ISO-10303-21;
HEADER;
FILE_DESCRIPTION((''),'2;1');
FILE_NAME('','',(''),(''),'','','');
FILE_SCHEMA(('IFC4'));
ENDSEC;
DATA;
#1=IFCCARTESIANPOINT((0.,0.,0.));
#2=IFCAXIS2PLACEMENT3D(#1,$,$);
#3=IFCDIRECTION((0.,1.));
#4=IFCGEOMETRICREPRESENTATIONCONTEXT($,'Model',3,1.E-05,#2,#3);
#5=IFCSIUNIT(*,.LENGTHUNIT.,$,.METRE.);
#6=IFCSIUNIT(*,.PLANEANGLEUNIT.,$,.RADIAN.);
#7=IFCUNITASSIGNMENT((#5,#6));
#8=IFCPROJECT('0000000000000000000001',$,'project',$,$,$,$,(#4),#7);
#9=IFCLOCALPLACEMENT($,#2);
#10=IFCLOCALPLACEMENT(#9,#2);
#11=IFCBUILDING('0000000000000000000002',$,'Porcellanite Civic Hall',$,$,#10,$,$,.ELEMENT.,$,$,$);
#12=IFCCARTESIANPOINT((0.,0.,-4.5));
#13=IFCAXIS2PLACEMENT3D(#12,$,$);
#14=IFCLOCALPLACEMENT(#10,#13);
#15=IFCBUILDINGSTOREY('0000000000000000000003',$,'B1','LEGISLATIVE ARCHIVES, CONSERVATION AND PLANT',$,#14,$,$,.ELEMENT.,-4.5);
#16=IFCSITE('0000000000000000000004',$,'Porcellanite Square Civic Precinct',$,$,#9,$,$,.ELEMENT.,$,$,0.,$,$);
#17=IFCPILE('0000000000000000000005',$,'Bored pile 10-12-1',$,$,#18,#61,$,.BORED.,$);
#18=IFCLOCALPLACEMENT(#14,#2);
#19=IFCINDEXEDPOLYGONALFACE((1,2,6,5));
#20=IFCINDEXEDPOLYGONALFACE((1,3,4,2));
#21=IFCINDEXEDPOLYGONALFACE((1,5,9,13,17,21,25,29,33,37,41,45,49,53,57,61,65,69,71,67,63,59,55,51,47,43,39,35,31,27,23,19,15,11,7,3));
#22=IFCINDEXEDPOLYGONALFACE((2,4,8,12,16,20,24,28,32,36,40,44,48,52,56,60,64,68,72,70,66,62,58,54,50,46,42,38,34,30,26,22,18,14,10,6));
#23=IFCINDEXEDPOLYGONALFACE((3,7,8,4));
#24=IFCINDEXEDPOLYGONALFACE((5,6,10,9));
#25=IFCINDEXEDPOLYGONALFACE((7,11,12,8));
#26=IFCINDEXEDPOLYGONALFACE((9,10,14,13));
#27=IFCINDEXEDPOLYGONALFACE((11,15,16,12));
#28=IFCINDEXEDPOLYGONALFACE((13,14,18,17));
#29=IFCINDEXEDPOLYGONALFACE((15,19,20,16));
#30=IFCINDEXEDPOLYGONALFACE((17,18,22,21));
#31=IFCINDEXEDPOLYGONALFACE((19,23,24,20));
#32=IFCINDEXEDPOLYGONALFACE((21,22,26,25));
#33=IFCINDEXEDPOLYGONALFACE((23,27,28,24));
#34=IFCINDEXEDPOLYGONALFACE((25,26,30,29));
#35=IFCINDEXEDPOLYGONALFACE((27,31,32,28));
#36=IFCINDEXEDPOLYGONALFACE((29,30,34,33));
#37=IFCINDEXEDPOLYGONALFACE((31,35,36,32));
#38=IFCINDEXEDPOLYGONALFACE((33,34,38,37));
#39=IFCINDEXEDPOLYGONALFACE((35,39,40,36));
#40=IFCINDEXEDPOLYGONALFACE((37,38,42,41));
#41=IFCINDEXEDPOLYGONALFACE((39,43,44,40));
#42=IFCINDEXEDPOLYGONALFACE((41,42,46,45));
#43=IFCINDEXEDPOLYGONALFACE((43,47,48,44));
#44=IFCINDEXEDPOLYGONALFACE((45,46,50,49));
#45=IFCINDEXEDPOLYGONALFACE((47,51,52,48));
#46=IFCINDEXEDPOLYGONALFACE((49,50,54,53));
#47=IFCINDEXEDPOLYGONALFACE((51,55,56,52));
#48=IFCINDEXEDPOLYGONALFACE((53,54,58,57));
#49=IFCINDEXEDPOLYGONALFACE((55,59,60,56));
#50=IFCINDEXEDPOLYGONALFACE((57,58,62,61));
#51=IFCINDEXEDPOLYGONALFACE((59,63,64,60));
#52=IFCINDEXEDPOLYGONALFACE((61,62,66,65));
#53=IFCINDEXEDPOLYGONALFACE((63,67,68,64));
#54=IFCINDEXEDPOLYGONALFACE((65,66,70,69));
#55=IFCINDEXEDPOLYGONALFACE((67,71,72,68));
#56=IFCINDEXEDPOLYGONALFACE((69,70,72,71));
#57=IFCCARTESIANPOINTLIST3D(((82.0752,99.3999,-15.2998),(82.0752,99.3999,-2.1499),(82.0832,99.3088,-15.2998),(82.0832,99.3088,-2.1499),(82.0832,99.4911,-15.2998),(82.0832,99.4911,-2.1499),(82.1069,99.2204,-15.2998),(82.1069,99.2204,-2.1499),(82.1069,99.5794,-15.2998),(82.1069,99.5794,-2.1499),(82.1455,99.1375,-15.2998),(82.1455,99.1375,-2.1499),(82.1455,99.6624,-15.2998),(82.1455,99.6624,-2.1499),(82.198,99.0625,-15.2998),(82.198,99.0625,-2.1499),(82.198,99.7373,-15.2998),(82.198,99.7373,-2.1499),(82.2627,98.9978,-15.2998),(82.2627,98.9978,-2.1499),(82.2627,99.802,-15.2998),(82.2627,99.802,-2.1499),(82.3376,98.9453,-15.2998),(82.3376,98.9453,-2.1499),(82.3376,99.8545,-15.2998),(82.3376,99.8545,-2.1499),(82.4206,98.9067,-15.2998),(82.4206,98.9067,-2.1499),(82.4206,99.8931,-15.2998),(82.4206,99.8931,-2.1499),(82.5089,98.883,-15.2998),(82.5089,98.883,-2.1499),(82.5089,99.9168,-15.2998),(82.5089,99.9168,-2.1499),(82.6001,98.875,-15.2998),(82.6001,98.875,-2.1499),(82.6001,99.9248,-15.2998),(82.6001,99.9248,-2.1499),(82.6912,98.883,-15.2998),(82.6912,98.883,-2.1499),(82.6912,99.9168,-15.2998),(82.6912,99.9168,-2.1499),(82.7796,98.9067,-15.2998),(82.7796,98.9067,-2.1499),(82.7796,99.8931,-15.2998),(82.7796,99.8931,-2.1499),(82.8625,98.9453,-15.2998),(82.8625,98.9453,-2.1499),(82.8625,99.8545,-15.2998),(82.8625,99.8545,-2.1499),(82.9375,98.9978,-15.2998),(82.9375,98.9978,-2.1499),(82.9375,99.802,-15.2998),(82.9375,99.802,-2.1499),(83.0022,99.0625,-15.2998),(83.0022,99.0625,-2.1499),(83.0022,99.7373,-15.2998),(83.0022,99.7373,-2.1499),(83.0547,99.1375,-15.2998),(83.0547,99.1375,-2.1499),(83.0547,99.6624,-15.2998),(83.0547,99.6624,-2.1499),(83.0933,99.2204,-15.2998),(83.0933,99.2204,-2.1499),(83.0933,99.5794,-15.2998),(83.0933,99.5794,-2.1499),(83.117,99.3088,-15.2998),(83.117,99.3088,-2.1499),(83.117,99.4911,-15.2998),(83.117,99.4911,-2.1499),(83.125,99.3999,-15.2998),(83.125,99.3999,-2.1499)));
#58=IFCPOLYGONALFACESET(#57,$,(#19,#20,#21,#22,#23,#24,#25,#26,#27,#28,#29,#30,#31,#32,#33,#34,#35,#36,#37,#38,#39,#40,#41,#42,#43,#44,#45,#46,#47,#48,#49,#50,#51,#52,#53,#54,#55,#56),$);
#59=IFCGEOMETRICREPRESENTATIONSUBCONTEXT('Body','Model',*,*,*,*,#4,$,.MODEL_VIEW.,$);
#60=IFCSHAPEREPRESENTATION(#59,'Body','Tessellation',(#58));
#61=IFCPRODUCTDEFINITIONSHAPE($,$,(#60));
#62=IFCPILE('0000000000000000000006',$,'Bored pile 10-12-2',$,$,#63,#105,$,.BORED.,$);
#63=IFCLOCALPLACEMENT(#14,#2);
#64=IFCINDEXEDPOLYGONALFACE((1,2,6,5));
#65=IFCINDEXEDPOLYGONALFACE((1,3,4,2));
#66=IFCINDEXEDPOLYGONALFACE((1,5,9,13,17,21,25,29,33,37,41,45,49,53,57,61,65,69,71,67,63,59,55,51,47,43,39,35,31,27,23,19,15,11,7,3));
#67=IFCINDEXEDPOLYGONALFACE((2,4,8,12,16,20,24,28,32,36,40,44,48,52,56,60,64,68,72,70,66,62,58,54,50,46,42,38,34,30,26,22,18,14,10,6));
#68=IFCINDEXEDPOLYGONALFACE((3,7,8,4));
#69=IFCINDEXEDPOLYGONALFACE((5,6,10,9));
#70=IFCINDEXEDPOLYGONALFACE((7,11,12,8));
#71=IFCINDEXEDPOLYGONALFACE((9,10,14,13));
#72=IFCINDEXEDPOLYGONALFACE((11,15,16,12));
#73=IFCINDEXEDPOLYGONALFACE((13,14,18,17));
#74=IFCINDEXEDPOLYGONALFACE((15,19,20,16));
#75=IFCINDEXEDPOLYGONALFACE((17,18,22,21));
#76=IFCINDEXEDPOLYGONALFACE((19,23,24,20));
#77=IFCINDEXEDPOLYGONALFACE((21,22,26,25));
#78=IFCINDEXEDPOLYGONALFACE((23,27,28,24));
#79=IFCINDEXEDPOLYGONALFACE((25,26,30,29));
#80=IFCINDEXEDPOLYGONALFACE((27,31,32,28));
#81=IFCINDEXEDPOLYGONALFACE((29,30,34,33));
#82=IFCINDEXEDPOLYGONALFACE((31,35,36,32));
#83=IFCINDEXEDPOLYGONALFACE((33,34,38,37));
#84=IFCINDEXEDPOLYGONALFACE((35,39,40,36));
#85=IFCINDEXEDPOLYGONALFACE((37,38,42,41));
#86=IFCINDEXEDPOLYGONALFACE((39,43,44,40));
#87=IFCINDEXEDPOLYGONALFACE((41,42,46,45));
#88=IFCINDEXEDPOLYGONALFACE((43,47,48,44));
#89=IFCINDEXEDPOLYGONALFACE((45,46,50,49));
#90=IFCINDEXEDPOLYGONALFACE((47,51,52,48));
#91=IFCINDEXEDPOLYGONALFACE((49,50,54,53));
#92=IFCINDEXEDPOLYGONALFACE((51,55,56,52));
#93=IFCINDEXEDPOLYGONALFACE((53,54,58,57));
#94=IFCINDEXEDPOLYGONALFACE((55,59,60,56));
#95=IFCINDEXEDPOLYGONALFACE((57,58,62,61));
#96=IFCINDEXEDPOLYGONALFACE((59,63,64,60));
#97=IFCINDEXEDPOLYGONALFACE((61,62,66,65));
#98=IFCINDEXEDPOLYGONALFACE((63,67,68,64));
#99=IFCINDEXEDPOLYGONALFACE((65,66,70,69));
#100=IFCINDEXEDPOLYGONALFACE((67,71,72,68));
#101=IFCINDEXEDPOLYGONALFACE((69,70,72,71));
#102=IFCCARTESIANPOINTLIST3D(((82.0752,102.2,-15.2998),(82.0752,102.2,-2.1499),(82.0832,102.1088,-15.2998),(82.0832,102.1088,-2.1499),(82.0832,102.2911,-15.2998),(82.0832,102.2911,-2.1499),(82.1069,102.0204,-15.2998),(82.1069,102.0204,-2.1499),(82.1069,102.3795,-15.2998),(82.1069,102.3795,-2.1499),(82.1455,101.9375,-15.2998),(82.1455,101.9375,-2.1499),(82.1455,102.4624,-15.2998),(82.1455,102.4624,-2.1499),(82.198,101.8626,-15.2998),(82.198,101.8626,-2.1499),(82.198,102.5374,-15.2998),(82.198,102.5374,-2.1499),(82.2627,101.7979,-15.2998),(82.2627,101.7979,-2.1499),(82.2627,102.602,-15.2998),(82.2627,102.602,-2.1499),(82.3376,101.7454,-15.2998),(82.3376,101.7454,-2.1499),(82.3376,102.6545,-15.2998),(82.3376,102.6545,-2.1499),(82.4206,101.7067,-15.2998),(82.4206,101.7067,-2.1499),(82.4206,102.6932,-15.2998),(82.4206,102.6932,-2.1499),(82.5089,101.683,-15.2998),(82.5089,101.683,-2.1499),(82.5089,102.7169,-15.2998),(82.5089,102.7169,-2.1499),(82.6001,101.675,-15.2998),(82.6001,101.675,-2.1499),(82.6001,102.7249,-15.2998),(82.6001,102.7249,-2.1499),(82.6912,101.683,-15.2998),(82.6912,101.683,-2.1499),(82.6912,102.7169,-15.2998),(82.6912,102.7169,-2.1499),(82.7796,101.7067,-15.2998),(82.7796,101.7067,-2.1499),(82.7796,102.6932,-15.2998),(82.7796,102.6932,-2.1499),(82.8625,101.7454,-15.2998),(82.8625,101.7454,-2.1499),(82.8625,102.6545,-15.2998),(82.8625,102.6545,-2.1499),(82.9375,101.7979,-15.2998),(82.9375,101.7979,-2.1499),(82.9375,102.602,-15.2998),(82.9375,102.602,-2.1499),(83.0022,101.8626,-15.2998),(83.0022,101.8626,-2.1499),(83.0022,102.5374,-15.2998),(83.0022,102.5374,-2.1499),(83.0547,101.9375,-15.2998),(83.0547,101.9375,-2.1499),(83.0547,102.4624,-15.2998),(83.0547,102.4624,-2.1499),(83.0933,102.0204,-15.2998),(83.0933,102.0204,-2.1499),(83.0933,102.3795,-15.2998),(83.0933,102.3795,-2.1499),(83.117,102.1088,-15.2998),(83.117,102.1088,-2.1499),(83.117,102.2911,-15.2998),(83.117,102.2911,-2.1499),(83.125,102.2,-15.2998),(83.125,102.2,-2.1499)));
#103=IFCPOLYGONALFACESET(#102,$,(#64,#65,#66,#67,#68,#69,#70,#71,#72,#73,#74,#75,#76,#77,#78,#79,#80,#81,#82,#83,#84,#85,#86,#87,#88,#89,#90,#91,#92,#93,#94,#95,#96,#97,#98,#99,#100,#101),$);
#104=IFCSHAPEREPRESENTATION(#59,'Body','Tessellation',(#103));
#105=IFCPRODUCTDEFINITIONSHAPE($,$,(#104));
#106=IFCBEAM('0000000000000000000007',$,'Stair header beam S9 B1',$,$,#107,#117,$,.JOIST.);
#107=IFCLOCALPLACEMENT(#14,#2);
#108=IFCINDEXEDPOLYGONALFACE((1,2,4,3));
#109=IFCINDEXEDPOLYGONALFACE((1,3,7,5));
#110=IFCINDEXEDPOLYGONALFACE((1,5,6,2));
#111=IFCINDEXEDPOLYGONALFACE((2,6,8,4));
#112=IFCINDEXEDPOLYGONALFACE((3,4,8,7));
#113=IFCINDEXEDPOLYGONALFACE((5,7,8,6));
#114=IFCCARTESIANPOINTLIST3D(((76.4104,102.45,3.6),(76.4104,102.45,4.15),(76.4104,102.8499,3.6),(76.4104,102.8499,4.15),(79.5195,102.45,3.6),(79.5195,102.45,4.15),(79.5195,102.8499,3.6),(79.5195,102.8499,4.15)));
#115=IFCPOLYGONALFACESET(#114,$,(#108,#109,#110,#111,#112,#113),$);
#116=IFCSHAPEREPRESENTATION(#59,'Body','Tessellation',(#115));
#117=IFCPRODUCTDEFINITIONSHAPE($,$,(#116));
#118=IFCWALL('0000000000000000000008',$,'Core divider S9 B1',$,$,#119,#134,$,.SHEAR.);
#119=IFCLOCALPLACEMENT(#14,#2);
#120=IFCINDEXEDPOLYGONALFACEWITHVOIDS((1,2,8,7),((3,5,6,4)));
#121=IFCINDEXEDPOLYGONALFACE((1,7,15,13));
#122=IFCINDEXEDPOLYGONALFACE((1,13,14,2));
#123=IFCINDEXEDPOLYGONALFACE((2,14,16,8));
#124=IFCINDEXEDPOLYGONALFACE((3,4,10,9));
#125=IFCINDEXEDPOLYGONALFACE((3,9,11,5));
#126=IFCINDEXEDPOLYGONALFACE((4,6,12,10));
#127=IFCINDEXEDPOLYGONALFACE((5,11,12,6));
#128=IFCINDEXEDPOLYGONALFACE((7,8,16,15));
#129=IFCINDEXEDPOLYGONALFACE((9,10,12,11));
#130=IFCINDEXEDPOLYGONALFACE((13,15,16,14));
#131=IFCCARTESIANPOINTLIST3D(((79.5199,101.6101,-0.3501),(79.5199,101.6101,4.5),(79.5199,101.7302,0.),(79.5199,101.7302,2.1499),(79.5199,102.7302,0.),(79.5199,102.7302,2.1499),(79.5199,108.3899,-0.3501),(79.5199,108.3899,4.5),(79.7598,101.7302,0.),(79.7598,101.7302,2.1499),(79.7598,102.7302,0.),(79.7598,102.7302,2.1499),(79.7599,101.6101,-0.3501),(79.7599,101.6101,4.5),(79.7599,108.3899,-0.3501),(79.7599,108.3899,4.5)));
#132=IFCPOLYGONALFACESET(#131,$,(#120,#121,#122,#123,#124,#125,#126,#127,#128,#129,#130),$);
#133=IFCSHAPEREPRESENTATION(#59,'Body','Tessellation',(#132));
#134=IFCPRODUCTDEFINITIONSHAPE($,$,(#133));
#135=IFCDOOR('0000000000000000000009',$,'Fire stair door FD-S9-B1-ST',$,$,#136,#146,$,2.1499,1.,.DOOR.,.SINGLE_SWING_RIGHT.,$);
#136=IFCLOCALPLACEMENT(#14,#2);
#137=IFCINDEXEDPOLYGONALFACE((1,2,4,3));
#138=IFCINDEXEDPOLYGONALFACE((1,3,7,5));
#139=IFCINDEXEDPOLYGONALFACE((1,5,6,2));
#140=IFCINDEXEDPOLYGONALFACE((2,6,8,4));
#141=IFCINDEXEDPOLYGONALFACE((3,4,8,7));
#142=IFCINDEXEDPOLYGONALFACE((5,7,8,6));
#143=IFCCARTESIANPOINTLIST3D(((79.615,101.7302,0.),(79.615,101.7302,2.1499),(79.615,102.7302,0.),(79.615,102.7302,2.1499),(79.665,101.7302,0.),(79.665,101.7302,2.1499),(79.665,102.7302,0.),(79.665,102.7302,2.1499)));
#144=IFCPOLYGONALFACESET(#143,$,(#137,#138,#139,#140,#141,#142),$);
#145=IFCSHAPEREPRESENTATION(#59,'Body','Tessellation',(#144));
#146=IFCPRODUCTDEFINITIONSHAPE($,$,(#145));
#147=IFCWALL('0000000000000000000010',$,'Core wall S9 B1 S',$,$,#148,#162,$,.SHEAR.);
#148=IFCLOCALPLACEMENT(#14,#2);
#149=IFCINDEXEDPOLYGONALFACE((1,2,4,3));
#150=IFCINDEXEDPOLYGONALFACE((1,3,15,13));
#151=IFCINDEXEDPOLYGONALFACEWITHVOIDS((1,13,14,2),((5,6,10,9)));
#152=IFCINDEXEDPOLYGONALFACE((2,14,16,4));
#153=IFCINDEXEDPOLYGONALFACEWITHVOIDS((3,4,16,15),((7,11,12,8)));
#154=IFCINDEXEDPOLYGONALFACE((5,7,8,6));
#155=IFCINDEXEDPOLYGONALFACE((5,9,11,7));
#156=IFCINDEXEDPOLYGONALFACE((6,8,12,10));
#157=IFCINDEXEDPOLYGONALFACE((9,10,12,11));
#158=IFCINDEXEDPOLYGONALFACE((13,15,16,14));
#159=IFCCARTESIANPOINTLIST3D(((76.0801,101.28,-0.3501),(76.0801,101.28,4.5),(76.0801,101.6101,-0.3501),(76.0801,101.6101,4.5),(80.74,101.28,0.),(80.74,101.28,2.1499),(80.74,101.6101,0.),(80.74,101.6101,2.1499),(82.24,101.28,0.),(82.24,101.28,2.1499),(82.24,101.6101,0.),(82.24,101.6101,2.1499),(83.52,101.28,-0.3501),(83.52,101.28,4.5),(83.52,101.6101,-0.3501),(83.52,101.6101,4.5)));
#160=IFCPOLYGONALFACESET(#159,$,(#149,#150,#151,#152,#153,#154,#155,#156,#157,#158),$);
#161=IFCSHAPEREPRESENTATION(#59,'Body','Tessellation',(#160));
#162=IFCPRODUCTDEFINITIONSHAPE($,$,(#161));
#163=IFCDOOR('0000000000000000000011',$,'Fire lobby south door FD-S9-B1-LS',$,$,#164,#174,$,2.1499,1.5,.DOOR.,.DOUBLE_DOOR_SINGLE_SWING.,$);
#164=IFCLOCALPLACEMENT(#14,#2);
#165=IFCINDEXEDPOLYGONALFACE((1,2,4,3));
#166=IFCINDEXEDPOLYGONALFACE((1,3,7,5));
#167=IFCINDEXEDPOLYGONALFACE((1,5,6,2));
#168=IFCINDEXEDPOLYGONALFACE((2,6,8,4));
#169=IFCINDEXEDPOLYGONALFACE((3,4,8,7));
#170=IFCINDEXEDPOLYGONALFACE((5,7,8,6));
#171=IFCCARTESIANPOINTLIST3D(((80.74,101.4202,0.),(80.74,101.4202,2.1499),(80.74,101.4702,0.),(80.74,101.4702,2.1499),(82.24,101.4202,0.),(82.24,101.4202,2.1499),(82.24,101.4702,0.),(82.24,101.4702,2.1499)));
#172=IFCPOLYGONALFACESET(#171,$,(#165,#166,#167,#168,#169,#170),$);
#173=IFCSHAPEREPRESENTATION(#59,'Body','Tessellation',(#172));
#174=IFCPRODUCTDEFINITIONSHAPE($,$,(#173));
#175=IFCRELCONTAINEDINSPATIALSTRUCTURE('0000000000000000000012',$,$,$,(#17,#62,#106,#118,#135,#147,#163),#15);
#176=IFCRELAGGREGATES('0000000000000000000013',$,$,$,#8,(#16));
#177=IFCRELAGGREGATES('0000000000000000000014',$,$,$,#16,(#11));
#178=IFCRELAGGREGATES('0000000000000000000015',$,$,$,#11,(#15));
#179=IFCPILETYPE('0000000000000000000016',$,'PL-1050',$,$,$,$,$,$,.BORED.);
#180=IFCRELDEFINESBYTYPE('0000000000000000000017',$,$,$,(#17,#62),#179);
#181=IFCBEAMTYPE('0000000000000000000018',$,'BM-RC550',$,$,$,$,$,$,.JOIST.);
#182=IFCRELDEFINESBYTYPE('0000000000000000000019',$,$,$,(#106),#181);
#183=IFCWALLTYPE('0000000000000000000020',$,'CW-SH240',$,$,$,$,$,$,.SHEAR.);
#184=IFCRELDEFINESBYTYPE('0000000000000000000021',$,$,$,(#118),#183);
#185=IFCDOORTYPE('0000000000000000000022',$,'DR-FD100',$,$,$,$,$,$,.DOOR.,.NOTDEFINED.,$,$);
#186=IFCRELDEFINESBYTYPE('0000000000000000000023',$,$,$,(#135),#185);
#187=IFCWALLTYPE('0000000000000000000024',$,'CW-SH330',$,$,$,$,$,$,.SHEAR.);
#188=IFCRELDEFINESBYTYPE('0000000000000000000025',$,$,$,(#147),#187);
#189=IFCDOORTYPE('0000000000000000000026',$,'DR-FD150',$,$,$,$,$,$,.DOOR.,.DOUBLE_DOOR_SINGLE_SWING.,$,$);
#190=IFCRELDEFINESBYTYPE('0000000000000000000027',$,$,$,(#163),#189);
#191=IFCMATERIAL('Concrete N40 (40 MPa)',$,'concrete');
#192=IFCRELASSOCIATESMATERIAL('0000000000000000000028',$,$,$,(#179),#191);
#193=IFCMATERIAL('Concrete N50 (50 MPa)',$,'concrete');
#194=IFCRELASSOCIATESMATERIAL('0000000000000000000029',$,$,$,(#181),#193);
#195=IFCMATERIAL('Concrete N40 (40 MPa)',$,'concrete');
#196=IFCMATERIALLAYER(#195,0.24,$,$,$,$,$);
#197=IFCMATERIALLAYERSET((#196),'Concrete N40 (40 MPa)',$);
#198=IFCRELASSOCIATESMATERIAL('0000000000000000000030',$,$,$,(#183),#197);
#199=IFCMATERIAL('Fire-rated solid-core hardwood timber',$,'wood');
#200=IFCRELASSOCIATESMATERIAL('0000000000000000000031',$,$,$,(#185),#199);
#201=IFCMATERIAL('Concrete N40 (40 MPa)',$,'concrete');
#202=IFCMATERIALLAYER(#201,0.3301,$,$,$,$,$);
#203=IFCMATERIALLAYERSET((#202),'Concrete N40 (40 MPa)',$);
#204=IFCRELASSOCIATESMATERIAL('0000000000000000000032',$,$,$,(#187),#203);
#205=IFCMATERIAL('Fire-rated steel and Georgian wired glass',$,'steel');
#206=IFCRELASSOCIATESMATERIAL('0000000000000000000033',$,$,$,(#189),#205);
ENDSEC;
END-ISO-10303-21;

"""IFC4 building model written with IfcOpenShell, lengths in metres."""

from ifc_helpers import new_model, si_unit, direction, frame, frame_2d, origin, origin_2d, place, context, subcontext, project, spatial, rectangle, circle, extrude, material, layer, layer_set, material_profile, profile_set, type_object, element, fill, save


model = new_model("IFC4")

# Units and contexts
model_context = context("Model", 3, precision=1e-05, world=origin(), true_north=direction((0.0, 1.0)))
body_context = subcontext(model_context, "Body", "Model", "MODEL_VIEW")
ifc_project = project(units=[si_unit("LENGTHUNIT", "METRE"), si_unit("PLANEANGLEUNIT", "RADIAN")], contexts=[model_context])

# Site, building, storey
site_placement = place(None, origin())
site = spatial("IfcSite", under=ifc_project, at=site_placement, Name="Porcellanite Square Civic Precinct", CompositionType="ELEMENT", RefElevation=0.0)
building_placement = place(site_placement, origin())
building = spatial("IfcBuilding", under=site, at=building_placement, Name="Porcellanite Civic Hall", CompositionType="ELEMENT")
storey_placement = place(building_placement, frame((0.0, 0.0, -4.5)))
storey = spatial("IfcBuildingStorey", under=building, at=storey_placement, Name="B1", Description="LEGISLATIVE ARCHIVES, CONSERVATION AND PLANT", CompositionType="ELEMENT", Elevation=-4.5)

# Piles
ifc_material_1 = material(Name="Concrete N40 (40 MPa)", Category="concrete")
ifc_material_profile_1 = material_profile(ifc_material_1, circle(Radius=0.5249, at=origin_2d()), Name="PILE-D1050")
ifc_profile_set_1 = profile_set([ifc_material_profile_1], Name="Concrete N40 (40 MPa)")
pile_type = type_object("IfcPileType", Name="PL-1050", PredefinedType="BORED", material=ifc_profile_set_1)
for number, where, z_axis, x_axis, name in (
    (1, (82.6001, 99.3999, -2.1499), (0.0, 0.0, -1.0), (1.0, 0.0, 0.0), "Bored pile 10-12-1"),
    (2, (82.6001, 102.2, -2.1499), (0.0, 0.0, -1.0), (1.0, 0.0, 0.0), "Bored pile 10-12-2"),
):
    element("IfcPile", number, at=place(storey_placement, frame(where, z_axis=z_axis, x_axis=x_axis)), inside=storey, type_object=pile_type, Name=name, PredefinedType="BORED", context=body_context, shape_type="SweptSolid", body=[
        extrude(circle(Radius=0.5249, at=origin_2d()), origin(), (0.0, 0.0, 1.0), 13.1499),
    ])

# Beam
ifc_material_2 = material(Name="Concrete N50 (50 MPa)", Category="concrete")
ifc_material_profile_2 = material_profile(ifc_material_2, rectangle(XDim=0.3999, YDim=0.55, at=origin_2d()), Name="RC-400x550")
ifc_profile_set_2 = profile_set([ifc_material_profile_2], Name="Concrete N50 (50 MPa)")
beam_type = type_object("IfcBeamType", Name="BM-RC550", PredefinedType="JOIST", material=ifc_profile_set_2)
beam_placement = place(storey_placement, frame((76.4104, 102.6499, 3.875), z_axis=(1.0, 0.0, 0.0), x_axis=(0.0, 1.0, 0.0)))
element("IfcBeam", 3, at=beam_placement, inside=storey, type_object=beam_type, Name="Stair header beam S9 B1", PredefinedType="JOIST", context=body_context, shape_type="SweptSolid", body=[
    extrude(rectangle(XDim=0.3999, YDim=0.55, at=origin_2d()), origin(), (0.0, 0.0, 1.0), 3.1091),
])

# Walls, openings, doors
ifc_material_3 = material(Name="Concrete N40 (40 MPa)", Category="concrete")
ifc_layer_1 = layer(ifc_material_3, 0.24)
ifc_layer_set_1 = layer_set([ifc_layer_1], Name="Concrete N40 (40 MPa)")
wall_type_1 = type_object("IfcWallType", Name="CW-SH240", PredefinedType="SHEAR", material=ifc_layer_set_1)
wall_1_placement = place(storey_placement, frame((79.6399, 101.6101, -0.3501), z_axis=(0.0, 0.0, 1.0), x_axis=(0.0, 1.0, 0.0)))
wall_1 = element("IfcWall", 4, at=wall_1_placement, inside=storey, type_object=wall_type_1, Name="Core divider S9 B1", PredefinedType="SHEAR", context=body_context, shape_type="SweptSolid", body=[
    extrude(rectangle(XDim=6.7798, YDim=0.24, at=frame_2d((3.3899, 0.0))), origin(), (0.0, 0.0, 1.0), 4.8501),
])
opening_1_placement = place(wall_1_placement, frame((0.1201, 0.0, 0.3501)))
opening_1 = element("IfcOpeningElement", 5, at=opening_1_placement, cuts=wall_1, PredefinedType="OPENING", context=body_context, shape_type="SweptSolid", body=[
    extrude(rectangle(XDim=1.0, YDim=2.1499, at=frame_2d((0.5, 1.075))), frame((0.0, 0.1201, 0.0), z_axis=(0.0, -1.0, 0.0), x_axis=(1.0, 0.0, 0.0)), (0.0, 0.0, 1.0), 0.24),
])
ifc_material_4 = material(Name="Fire-rated solid-core hardwood timber", Category="wood")
door_type_1 = type_object("IfcDoorType", Name="DR-FD100", OperationType="NOTDEFINED", PredefinedType="DOOR", material=ifc_material_4)
door_1_placement = place(opening_1_placement, origin())
door_1 = element("IfcDoor", 6, at=door_1_placement, inside=storey, type_object=door_type_1, Name="Fire stair door FD-S9-B1-ST", OperationType="SINGLE_SWING_RIGHT", OverallHeight=2.1499, OverallWidth=1.0, PredefinedType="DOOR", context=body_context, shape_type="SweptSolid", body=[
    extrude(rectangle(XDim=1.0, YDim=2.1499, at=frame_2d((0.5, 1.075))), frame((0.0, 0.0249, 0.0), z_axis=(0.0, -1.0, 0.0), x_axis=(1.0, 0.0, 0.0)), (0.0, 0.0, 1.0), 0.05),
])
fill(opening_1, door_1)
ifc_material_5 = material(Name="Concrete N40 (40 MPa)", Category="concrete")
ifc_layer_2 = layer(ifc_material_5, 0.3301)
ifc_layer_set_2 = layer_set([ifc_layer_2], Name="Concrete N40 (40 MPa)")
wall_type_2 = type_object("IfcWallType", Name="CW-SH330", PredefinedType="SHEAR", material=ifc_layer_set_2)
wall_2_placement = place(storey_placement, frame((83.52, 101.4451, -0.3501), z_axis=(0.0, 0.0, 1.0), x_axis=(-1.0, 0.0, 0.0)))
wall_2 = element("IfcWall", 7, at=wall_2_placement, inside=storey, type_object=wall_type_2, Name="Core wall S9 B1 S", PredefinedType="SHEAR", context=body_context, shape_type="SweptSolid", body=[
    extrude(rectangle(XDim=7.4399, YDim=0.3301, at=frame_2d((3.72, 0.0))), origin(), (0.0, 0.0, 1.0), 4.8501),
])
opening_2_placement = place(wall_2_placement, frame((1.28, 0.0, 0.3501)))
opening_2 = element("IfcOpeningElement", 8, at=opening_2_placement, cuts=wall_2, PredefinedType="OPENING", context=body_context, shape_type="SweptSolid", body=[
    extrude(rectangle(XDim=1.5, YDim=2.1499, at=frame_2d((0.75, 1.075))), frame((0.0, 0.165, 0.0), z_axis=(0.0, -1.0, 0.0), x_axis=(1.0, 0.0, 0.0)), (0.0, 0.0, 1.0), 0.3301),
])
ifc_material_6 = material(Name="Fire-rated steel and Georgian wired glass", Category="steel")
door_type_2 = type_object("IfcDoorType", Name="DR-FD150", OperationType="DOUBLE_DOOR_SINGLE_SWING", PredefinedType="DOOR", material=ifc_material_6)
door_2_placement = place(opening_2_placement, origin())
door_2 = element("IfcDoor", 9, at=door_2_placement, inside=storey, type_object=door_type_2, Name="Fire lobby south door FD-S9-B1-LS", OperationType="DOUBLE_DOOR_SINGLE_SWING", OverallHeight=2.1499, OverallWidth=1.5, PredefinedType="DOOR", context=body_context, shape_type="SweptSolid", body=[
    extrude(rectangle(XDim=1.5, YDim=2.1499, at=frame_2d((0.75, 1.075))), frame((0.0, 0.0249, 0.0), z_axis=(0.0, -1.0, 0.0), x_axis=(1.0, 0.0, 0.0)), (0.0, 0.0, 1.0), 0.05),
])
fill(opening_2, door_2)

save(model, "model.ifc")
